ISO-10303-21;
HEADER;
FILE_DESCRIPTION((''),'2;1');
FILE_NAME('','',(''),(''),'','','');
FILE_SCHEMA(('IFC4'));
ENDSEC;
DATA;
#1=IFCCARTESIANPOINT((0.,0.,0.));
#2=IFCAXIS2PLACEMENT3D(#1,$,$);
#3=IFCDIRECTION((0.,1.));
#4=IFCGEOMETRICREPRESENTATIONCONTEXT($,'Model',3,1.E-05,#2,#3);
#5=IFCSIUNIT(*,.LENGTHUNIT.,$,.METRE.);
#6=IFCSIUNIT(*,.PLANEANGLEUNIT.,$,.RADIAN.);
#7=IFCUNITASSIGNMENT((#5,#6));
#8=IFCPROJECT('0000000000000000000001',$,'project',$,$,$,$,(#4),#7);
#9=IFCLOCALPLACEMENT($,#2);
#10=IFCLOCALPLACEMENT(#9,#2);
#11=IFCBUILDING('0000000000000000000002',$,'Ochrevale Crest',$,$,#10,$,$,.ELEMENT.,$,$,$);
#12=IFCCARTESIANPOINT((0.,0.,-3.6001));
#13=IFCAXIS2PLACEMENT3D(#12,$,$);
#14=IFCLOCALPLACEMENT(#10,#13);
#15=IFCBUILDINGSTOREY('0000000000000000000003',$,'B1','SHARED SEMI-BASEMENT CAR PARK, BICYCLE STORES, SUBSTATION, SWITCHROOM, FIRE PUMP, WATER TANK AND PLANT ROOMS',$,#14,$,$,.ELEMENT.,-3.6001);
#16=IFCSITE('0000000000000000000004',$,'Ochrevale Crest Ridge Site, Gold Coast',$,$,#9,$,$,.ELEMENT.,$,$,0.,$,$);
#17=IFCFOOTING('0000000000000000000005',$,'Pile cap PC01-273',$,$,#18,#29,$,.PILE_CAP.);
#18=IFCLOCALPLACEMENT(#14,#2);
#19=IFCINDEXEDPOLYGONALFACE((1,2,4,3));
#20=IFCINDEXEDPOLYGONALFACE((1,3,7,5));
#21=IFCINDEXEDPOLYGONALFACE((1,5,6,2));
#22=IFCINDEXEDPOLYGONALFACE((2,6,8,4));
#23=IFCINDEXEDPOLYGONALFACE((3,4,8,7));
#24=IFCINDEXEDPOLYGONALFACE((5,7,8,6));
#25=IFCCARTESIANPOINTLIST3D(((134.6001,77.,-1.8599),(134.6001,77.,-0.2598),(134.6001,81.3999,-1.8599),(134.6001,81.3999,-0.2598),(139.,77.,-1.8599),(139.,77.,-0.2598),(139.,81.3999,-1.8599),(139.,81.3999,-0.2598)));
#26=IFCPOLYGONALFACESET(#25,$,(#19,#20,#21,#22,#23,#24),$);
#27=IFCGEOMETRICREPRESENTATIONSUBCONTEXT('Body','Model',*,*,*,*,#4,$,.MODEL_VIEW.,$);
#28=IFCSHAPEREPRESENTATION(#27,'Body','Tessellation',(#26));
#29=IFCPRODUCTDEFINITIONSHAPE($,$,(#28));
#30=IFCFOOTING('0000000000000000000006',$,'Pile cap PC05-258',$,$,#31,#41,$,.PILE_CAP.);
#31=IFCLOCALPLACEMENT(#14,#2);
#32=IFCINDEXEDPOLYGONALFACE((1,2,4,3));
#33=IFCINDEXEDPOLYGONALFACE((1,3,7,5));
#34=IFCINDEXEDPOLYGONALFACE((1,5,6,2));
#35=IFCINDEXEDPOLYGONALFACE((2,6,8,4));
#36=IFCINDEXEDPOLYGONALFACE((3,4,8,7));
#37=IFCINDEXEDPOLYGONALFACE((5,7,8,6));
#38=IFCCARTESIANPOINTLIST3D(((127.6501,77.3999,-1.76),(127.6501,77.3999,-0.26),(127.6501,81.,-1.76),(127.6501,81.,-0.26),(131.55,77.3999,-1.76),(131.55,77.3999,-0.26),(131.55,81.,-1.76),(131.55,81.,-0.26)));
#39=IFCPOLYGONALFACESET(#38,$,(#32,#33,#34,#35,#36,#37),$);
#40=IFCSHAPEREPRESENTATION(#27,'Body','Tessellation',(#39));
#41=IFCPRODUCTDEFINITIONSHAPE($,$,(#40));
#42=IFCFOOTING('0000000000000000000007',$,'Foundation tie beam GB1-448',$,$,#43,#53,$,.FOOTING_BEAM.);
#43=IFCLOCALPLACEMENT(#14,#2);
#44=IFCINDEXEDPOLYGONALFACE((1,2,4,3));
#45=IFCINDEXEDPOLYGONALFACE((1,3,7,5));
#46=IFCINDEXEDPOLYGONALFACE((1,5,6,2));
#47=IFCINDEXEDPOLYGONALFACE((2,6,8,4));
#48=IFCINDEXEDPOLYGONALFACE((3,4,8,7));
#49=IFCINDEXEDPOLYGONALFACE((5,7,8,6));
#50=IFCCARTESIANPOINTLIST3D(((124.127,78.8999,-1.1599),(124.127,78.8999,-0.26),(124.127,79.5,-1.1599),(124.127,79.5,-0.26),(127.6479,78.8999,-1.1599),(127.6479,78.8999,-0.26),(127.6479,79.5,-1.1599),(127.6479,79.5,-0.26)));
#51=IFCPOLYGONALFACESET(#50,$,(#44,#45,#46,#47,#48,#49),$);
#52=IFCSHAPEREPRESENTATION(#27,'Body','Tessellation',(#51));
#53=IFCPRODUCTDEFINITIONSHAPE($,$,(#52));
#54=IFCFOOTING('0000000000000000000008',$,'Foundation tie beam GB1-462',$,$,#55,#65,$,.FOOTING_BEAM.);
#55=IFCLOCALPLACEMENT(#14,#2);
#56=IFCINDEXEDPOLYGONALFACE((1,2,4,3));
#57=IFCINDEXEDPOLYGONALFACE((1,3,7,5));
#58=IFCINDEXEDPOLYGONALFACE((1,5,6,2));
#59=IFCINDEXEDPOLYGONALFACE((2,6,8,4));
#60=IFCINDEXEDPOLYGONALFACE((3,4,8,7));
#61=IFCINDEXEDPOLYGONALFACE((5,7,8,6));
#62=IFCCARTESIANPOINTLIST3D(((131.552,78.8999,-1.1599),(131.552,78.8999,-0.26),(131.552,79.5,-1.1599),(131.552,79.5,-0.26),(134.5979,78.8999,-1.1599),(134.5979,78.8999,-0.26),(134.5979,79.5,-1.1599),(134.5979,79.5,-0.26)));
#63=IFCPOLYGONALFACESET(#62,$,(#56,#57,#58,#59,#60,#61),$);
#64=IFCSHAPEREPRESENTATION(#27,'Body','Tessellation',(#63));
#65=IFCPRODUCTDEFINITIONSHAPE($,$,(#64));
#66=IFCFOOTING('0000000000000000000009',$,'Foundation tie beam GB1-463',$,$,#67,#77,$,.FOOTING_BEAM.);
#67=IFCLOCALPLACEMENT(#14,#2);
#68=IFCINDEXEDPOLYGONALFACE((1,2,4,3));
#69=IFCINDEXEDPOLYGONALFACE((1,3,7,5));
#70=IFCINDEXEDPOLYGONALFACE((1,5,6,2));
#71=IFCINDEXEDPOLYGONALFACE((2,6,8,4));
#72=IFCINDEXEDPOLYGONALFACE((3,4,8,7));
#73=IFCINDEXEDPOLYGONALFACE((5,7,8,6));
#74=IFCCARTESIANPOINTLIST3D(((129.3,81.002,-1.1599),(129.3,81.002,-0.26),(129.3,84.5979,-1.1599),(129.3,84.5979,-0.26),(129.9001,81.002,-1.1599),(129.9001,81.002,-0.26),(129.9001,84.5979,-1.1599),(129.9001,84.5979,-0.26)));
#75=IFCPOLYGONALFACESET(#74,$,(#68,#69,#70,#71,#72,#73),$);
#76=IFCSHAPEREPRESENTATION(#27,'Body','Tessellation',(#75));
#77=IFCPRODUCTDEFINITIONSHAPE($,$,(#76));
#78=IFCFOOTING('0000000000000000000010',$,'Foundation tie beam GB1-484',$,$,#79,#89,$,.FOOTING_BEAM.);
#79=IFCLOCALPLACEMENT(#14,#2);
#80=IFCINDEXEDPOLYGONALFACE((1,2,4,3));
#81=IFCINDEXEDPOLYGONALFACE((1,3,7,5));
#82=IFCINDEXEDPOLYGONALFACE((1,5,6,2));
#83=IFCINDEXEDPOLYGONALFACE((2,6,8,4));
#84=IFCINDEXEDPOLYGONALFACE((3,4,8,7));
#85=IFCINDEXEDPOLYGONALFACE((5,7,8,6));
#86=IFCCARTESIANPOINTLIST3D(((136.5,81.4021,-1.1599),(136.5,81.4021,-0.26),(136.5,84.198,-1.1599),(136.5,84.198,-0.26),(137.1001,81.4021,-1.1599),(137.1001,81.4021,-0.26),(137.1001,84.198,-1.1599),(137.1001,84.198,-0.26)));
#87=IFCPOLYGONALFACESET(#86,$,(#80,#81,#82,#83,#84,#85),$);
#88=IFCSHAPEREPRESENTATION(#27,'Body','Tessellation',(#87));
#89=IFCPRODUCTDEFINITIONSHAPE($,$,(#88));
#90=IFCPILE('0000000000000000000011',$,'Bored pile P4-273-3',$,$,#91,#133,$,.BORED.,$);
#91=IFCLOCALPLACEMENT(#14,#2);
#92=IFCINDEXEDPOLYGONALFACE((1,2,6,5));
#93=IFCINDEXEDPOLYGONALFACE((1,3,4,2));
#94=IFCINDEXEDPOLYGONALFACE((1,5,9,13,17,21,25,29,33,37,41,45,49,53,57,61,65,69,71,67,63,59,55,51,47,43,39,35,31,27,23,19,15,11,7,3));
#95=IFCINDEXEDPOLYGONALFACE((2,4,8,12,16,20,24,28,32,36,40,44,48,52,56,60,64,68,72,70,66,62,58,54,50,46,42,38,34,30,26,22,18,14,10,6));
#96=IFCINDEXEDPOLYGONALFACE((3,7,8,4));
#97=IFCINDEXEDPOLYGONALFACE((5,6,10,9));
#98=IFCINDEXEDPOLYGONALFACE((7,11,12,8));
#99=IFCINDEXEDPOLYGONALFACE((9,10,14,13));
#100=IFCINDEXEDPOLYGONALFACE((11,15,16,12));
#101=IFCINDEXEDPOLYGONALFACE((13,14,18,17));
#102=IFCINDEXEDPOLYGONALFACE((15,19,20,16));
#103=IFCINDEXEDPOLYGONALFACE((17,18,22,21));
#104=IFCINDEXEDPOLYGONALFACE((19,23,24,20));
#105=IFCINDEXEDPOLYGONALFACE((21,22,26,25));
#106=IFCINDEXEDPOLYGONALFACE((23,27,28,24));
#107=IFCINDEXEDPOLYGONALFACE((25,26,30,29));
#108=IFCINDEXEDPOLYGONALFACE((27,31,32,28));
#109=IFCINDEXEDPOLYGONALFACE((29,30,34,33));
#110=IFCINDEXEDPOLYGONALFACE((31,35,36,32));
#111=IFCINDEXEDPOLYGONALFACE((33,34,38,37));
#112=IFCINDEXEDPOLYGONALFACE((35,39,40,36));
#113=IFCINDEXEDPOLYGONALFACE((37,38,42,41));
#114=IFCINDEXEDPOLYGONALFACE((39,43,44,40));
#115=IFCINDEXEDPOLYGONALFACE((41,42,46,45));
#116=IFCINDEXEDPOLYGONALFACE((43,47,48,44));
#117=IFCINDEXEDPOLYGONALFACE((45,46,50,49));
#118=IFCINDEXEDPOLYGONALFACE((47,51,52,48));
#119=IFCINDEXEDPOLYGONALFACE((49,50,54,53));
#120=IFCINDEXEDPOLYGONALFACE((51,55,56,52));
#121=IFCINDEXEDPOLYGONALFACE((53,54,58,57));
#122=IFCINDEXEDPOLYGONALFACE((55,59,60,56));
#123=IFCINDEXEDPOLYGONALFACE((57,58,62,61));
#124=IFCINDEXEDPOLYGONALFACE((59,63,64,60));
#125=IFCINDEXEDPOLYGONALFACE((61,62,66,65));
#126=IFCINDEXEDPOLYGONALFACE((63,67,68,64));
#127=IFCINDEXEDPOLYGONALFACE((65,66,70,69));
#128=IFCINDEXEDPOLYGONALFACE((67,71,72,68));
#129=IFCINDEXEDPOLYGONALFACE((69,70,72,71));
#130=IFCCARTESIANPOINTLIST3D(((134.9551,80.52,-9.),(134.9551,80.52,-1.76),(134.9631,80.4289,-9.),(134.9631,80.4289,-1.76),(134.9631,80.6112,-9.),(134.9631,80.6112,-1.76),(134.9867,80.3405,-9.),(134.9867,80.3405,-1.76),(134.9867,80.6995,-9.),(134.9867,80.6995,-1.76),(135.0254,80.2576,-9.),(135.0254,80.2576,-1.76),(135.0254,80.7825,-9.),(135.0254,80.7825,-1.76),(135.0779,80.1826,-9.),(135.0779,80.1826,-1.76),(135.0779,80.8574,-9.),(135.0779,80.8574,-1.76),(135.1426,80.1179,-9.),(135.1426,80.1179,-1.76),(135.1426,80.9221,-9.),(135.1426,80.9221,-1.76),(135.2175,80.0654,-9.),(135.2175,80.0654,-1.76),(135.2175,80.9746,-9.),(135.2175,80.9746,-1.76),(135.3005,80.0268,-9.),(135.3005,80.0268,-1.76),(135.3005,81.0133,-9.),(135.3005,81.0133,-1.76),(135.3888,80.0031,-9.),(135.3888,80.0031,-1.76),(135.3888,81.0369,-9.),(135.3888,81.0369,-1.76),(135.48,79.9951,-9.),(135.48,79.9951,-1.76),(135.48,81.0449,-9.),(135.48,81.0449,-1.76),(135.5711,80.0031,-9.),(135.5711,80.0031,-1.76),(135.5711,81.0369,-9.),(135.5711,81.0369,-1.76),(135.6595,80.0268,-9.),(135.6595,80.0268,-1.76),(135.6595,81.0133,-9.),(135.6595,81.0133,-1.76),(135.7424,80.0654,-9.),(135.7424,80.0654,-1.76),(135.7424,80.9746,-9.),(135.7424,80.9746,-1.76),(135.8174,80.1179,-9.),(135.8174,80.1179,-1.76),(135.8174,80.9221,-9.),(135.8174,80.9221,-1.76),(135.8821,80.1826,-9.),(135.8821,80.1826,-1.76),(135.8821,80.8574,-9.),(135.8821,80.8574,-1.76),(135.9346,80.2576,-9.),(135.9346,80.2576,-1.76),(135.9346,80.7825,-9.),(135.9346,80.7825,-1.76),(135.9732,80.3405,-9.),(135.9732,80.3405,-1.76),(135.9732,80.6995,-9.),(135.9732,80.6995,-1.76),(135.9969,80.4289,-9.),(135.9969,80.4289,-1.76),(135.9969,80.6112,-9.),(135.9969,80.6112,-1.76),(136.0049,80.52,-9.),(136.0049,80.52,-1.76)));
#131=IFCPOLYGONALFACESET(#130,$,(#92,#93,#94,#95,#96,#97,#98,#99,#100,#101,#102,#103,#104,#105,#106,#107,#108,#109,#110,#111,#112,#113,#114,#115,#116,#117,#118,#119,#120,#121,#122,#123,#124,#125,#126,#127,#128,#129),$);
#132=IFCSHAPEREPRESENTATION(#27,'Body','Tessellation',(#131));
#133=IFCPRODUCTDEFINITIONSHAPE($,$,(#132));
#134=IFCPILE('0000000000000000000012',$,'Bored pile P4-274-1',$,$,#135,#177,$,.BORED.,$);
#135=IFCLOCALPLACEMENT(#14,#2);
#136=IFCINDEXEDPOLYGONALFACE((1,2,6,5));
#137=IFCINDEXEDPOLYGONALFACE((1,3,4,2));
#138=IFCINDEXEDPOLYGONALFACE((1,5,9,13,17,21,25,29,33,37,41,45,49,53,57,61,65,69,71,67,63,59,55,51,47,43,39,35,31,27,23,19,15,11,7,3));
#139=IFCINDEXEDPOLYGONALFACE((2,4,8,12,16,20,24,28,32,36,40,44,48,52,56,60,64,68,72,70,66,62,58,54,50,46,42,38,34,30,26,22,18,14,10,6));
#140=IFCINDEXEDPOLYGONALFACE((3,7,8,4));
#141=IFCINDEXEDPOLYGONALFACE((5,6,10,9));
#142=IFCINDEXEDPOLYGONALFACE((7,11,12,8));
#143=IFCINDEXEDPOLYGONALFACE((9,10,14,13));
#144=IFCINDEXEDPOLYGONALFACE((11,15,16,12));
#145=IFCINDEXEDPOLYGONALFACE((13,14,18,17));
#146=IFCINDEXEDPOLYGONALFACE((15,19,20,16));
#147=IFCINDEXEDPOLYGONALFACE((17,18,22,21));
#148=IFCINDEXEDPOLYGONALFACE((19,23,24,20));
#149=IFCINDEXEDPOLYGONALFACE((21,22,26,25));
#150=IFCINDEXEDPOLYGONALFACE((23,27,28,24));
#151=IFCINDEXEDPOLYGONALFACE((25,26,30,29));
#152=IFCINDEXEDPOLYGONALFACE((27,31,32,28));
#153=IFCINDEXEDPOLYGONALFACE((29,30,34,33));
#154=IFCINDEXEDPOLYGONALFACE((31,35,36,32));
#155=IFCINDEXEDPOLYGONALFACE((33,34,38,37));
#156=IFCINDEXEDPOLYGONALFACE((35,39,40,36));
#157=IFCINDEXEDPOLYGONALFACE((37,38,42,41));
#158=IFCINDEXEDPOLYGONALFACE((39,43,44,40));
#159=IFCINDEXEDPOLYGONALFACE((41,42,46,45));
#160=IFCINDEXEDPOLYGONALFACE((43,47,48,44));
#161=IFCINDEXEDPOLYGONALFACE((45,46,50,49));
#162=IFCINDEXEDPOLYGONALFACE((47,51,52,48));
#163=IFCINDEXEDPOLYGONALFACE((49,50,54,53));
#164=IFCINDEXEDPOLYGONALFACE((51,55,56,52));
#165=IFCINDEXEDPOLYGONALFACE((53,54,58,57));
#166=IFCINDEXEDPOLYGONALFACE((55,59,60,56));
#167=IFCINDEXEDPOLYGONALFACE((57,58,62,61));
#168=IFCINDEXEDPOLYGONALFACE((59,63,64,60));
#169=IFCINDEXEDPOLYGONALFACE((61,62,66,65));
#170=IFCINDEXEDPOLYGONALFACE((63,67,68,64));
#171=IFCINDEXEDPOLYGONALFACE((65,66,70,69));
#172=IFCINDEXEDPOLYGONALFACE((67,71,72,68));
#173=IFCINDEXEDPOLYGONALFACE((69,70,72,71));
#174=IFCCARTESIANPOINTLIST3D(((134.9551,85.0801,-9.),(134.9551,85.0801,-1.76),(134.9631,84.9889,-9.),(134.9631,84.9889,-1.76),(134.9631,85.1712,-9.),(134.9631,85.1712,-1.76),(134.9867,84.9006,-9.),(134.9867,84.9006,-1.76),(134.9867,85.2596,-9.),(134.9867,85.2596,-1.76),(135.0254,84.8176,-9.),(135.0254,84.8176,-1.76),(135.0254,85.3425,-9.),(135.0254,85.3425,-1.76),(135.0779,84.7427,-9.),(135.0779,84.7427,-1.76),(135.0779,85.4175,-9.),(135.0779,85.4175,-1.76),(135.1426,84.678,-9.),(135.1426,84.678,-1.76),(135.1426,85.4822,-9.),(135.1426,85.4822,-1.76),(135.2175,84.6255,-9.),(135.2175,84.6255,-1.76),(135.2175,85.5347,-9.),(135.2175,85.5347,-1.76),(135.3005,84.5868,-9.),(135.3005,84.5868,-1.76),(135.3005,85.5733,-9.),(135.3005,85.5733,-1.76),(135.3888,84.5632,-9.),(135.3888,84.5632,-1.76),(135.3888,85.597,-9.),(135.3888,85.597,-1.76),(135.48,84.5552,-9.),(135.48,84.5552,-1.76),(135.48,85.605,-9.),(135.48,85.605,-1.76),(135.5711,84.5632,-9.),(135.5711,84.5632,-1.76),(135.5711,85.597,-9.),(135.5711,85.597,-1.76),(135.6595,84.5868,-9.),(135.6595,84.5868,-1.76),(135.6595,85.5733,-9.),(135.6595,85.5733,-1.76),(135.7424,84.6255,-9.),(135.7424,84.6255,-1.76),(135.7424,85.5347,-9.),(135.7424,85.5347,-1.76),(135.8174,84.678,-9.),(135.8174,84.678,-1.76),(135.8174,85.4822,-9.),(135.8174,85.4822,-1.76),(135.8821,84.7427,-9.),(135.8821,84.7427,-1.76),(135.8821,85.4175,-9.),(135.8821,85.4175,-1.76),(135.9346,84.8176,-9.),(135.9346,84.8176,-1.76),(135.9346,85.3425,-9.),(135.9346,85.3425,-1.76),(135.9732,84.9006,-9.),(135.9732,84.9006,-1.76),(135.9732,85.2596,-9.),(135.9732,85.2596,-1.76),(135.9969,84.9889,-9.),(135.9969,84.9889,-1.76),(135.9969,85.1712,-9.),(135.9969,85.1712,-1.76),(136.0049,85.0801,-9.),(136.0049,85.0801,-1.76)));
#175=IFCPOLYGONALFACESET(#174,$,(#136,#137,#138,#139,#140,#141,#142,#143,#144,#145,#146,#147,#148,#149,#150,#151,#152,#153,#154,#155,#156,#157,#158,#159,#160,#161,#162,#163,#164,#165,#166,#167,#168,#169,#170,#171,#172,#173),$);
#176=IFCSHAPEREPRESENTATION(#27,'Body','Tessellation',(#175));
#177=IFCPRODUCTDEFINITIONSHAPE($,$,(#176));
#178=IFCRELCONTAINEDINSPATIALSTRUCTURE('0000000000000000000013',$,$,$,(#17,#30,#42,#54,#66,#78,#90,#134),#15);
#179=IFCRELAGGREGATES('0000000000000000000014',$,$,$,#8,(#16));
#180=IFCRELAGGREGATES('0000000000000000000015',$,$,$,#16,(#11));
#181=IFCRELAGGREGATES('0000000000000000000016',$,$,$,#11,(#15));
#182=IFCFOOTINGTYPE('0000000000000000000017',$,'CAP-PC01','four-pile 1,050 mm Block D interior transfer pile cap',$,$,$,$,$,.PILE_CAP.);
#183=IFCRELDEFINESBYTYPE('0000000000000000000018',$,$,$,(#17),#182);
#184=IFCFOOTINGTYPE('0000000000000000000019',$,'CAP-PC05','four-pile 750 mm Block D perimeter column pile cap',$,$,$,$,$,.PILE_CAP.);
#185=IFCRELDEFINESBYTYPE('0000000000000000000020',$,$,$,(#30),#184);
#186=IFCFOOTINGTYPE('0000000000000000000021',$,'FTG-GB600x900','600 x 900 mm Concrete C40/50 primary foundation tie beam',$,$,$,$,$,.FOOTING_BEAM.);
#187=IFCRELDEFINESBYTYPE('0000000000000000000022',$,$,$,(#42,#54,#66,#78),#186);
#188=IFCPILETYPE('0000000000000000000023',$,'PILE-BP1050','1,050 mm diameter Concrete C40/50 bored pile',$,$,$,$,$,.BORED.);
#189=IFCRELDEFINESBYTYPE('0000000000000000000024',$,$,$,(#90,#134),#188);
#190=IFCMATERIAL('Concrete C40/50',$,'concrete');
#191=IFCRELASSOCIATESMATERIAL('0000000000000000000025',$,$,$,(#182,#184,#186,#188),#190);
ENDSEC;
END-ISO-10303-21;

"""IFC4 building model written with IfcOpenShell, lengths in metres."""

from ifc_helpers import new_model, si_unit, direction, frame, origin, origin_2d, place, context, subcontext, project, spatial, rectangle, circle, extrude, material, material_profile, profile_set, type_object, element, save


model = new_model("IFC4")

# Units and contexts
model_context = context("Model", 3, precision=1e-05, world=origin(), true_north=direction((0.0, 1.0)))
body_context = subcontext(model_context, "Body", "Model", "MODEL_VIEW")
ifc_project = project(units=[si_unit("LENGTHUNIT", "METRE"), si_unit("PLANEANGLEUNIT", "RADIAN")], contexts=[model_context])

# Site, building, storey
site_placement = place(None, origin())
site = spatial("IfcSite", under=ifc_project, at=site_placement, Name="Ochrevale Crest Ridge Site, Gold Coast", CompositionType="ELEMENT", RefElevation=0.0)
building_placement = place(site_placement, origin())
building = spatial("IfcBuilding", under=site, at=building_placement, Name="Ochrevale Crest", CompositionType="ELEMENT")
storey_placement = place(building_placement, frame((0.0, 0.0, -3.6001)))
storey = spatial("IfcBuildingStorey", under=building, at=storey_placement, Name="B1", Description="SHARED SEMI-BASEMENT CAR PARK, BICYCLE STORES, SUBSTATION, SWITCHROOM, FIRE PUMP, WATER TANK AND PLANT ROOMS", CompositionType="ELEMENT", Elevation=-3.6001)

# Footings
ifc_material_1 = material(Name="Concrete C40/50", Category="concrete")
footing_type_1 = type_object("IfcFootingType", Name="CAP-PC01", Description="four-pile 1,050 mm Block D interior transfer pile cap", PredefinedType="PILE_CAP", material=ifc_material_1)
footing_1_placement = place(storey_placement, frame((136.8, 79.2, -1.8599), z_axis=(0.0, 0.0, 1.0), x_axis=(1.0, 0.0, 0.0)))
element("IfcFooting", 1, at=footing_1_placement, inside=storey, type_object=footing_type_1, Name="Pile cap PC01-273", PredefinedType="PILE_CAP", context=body_context, shape_type="SweptSolid", body=[
    extrude(rectangle(XDim=4.3999, YDim=4.3999, at=origin_2d()), origin(), (0.0, 0.0, 1.0), 1.6001),
])
footing_type_2 = type_object("IfcFootingType", Name="CAP-PC05", Description="four-pile 750 mm Block D perimeter column pile cap", PredefinedType="PILE_CAP", material=ifc_material_1)
footing_2_placement = place(storey_placement, frame((129.6001, 79.2, -1.76), z_axis=(0.0, 0.0, 1.0), x_axis=(1.0, 0.0, 0.0)))
element("IfcFooting", 2, at=footing_2_placement, inside=storey, type_object=footing_type_2, Name="Pile cap PC05-258", PredefinedType="PILE_CAP", context=body_context, shape_type="SweptSolid", body=[
    extrude(rectangle(XDim=3.8999, YDim=3.6001, at=origin_2d()), origin(), (0.0, 0.0, 1.0), 1.5),
])
ifc_material_profile_1 = material_profile(ifc_material_1, rectangle(XDim=0.6001, YDim=0.8999, at=origin_2d()), Name="GB 600x900")
ifc_profile_set_1 = profile_set([ifc_material_profile_1], Name="Concrete C40/50")
footing_type_3 = type_object("IfcFootingType", Name="FTG-GB600x900", Description="600 x 900 mm Concrete C40/50 primary foundation tie beam", PredefinedType="FOOTING_BEAM", material=ifc_profile_set_1)
footing_3_placement = place(storey_placement, frame((124.127, 79.2, -0.71), z_axis=(1.0, 0.0, 0.0), x_axis=(0.0, 1.0, 0.0)))
element("IfcFooting", 3, at=footing_3_placement, inside=storey, type_object=footing_type_3, Name="Foundation tie beam GB1-448", PredefinedType="FOOTING_BEAM", context=body_context, shape_type="SweptSolid", body=[
    extrude(rectangle(XDim=0.6001, YDim=0.8999, at=origin_2d()), origin(), (0.0, 0.0, 1.0), 3.521),
])
footing_4_placement = place(storey_placement, frame((131.552, 79.2, -0.71), z_axis=(1.0, 0.0, 0.0), x_axis=(0.0, 1.0, 0.0)))
element("IfcFooting", 4, at=footing_4_placement, inside=storey, type_object=footing_type_3, Name="Foundation tie beam GB1-462", PredefinedType="FOOTING_BEAM", context=body_context, shape_type="SweptSolid", body=[
    extrude(rectangle(XDim=0.6001, YDim=0.8999, at=origin_2d()), origin(), (0.0, 0.0, 1.0), 3.0459),
])
footing_5_placement = place(storey_placement, frame((129.6001, 81.002, -0.71), z_axis=(0.0, 1.0, 0.0), x_axis=(-1.0, 0.0, 0.0)))
element("IfcFooting", 5, at=footing_5_placement, inside=storey, type_object=footing_type_3, Name="Foundation tie beam GB1-463", PredefinedType="FOOTING_BEAM", context=body_context, shape_type="SweptSolid", body=[
    extrude(rectangle(XDim=0.6001, YDim=0.8999, at=origin_2d()), origin(), (0.0, 0.0, 1.0), 3.5959),
])
footing_6_placement = place(storey_placement, frame((136.8, 81.4021, -0.71), z_axis=(0.0, 1.0, 0.0), x_axis=(-1.0, 0.0, 0.0)))
element("IfcFooting", 6, at=footing_6_placement, inside=storey, type_object=footing_type_3, Name="Foundation tie beam GB1-484", PredefinedType="FOOTING_BEAM", context=body_context, shape_type="SweptSolid", body=[
    extrude(rectangle(XDim=0.6001, YDim=0.8999, at=origin_2d()), origin(), (0.0, 0.0, 1.0), 2.7959),
])

# Piles
ifc_material_profile_2 = material_profile(ifc_material_1, circle(Radius=0.5249, at=origin_2d()), Name="BORED PILE 1050")
ifc_profile_set_2 = profile_set([ifc_material_profile_2], Name="Concrete C40/50")
pile_type_1 = type_object("IfcPileType", Name="PILE-BP1050", Description="1,050 mm diameter Concrete C40/50 bored pile", PredefinedType="BORED", material=ifc_profile_set_2)
for number, where, z_axis, x_axis, name in (
    (7, (135.48, 80.52, -1.76), (0.0, 0.0, -1.0), (1.0, 0.0, 0.0), "Bored pile P4-273-3"),
    (8, (135.48, 85.0801, -1.76), (0.0, 0.0, -1.0), (1.0, 0.0, 0.0), "Bored pile P4-274-1"),
):
    element("IfcPile", number, at=place(storey_placement, frame(where, z_axis=z_axis, x_axis=x_axis)), inside=storey, type_object=pile_type_1, Name=name, PredefinedType="BORED", context=body_context, shape_type="SweptSolid", body=[
        extrude(circle(Radius=0.5249, at=origin_2d()), origin(), (0.0, 0.0, 1.0), 7.24),
    ])

save(model, "model.ifc")
